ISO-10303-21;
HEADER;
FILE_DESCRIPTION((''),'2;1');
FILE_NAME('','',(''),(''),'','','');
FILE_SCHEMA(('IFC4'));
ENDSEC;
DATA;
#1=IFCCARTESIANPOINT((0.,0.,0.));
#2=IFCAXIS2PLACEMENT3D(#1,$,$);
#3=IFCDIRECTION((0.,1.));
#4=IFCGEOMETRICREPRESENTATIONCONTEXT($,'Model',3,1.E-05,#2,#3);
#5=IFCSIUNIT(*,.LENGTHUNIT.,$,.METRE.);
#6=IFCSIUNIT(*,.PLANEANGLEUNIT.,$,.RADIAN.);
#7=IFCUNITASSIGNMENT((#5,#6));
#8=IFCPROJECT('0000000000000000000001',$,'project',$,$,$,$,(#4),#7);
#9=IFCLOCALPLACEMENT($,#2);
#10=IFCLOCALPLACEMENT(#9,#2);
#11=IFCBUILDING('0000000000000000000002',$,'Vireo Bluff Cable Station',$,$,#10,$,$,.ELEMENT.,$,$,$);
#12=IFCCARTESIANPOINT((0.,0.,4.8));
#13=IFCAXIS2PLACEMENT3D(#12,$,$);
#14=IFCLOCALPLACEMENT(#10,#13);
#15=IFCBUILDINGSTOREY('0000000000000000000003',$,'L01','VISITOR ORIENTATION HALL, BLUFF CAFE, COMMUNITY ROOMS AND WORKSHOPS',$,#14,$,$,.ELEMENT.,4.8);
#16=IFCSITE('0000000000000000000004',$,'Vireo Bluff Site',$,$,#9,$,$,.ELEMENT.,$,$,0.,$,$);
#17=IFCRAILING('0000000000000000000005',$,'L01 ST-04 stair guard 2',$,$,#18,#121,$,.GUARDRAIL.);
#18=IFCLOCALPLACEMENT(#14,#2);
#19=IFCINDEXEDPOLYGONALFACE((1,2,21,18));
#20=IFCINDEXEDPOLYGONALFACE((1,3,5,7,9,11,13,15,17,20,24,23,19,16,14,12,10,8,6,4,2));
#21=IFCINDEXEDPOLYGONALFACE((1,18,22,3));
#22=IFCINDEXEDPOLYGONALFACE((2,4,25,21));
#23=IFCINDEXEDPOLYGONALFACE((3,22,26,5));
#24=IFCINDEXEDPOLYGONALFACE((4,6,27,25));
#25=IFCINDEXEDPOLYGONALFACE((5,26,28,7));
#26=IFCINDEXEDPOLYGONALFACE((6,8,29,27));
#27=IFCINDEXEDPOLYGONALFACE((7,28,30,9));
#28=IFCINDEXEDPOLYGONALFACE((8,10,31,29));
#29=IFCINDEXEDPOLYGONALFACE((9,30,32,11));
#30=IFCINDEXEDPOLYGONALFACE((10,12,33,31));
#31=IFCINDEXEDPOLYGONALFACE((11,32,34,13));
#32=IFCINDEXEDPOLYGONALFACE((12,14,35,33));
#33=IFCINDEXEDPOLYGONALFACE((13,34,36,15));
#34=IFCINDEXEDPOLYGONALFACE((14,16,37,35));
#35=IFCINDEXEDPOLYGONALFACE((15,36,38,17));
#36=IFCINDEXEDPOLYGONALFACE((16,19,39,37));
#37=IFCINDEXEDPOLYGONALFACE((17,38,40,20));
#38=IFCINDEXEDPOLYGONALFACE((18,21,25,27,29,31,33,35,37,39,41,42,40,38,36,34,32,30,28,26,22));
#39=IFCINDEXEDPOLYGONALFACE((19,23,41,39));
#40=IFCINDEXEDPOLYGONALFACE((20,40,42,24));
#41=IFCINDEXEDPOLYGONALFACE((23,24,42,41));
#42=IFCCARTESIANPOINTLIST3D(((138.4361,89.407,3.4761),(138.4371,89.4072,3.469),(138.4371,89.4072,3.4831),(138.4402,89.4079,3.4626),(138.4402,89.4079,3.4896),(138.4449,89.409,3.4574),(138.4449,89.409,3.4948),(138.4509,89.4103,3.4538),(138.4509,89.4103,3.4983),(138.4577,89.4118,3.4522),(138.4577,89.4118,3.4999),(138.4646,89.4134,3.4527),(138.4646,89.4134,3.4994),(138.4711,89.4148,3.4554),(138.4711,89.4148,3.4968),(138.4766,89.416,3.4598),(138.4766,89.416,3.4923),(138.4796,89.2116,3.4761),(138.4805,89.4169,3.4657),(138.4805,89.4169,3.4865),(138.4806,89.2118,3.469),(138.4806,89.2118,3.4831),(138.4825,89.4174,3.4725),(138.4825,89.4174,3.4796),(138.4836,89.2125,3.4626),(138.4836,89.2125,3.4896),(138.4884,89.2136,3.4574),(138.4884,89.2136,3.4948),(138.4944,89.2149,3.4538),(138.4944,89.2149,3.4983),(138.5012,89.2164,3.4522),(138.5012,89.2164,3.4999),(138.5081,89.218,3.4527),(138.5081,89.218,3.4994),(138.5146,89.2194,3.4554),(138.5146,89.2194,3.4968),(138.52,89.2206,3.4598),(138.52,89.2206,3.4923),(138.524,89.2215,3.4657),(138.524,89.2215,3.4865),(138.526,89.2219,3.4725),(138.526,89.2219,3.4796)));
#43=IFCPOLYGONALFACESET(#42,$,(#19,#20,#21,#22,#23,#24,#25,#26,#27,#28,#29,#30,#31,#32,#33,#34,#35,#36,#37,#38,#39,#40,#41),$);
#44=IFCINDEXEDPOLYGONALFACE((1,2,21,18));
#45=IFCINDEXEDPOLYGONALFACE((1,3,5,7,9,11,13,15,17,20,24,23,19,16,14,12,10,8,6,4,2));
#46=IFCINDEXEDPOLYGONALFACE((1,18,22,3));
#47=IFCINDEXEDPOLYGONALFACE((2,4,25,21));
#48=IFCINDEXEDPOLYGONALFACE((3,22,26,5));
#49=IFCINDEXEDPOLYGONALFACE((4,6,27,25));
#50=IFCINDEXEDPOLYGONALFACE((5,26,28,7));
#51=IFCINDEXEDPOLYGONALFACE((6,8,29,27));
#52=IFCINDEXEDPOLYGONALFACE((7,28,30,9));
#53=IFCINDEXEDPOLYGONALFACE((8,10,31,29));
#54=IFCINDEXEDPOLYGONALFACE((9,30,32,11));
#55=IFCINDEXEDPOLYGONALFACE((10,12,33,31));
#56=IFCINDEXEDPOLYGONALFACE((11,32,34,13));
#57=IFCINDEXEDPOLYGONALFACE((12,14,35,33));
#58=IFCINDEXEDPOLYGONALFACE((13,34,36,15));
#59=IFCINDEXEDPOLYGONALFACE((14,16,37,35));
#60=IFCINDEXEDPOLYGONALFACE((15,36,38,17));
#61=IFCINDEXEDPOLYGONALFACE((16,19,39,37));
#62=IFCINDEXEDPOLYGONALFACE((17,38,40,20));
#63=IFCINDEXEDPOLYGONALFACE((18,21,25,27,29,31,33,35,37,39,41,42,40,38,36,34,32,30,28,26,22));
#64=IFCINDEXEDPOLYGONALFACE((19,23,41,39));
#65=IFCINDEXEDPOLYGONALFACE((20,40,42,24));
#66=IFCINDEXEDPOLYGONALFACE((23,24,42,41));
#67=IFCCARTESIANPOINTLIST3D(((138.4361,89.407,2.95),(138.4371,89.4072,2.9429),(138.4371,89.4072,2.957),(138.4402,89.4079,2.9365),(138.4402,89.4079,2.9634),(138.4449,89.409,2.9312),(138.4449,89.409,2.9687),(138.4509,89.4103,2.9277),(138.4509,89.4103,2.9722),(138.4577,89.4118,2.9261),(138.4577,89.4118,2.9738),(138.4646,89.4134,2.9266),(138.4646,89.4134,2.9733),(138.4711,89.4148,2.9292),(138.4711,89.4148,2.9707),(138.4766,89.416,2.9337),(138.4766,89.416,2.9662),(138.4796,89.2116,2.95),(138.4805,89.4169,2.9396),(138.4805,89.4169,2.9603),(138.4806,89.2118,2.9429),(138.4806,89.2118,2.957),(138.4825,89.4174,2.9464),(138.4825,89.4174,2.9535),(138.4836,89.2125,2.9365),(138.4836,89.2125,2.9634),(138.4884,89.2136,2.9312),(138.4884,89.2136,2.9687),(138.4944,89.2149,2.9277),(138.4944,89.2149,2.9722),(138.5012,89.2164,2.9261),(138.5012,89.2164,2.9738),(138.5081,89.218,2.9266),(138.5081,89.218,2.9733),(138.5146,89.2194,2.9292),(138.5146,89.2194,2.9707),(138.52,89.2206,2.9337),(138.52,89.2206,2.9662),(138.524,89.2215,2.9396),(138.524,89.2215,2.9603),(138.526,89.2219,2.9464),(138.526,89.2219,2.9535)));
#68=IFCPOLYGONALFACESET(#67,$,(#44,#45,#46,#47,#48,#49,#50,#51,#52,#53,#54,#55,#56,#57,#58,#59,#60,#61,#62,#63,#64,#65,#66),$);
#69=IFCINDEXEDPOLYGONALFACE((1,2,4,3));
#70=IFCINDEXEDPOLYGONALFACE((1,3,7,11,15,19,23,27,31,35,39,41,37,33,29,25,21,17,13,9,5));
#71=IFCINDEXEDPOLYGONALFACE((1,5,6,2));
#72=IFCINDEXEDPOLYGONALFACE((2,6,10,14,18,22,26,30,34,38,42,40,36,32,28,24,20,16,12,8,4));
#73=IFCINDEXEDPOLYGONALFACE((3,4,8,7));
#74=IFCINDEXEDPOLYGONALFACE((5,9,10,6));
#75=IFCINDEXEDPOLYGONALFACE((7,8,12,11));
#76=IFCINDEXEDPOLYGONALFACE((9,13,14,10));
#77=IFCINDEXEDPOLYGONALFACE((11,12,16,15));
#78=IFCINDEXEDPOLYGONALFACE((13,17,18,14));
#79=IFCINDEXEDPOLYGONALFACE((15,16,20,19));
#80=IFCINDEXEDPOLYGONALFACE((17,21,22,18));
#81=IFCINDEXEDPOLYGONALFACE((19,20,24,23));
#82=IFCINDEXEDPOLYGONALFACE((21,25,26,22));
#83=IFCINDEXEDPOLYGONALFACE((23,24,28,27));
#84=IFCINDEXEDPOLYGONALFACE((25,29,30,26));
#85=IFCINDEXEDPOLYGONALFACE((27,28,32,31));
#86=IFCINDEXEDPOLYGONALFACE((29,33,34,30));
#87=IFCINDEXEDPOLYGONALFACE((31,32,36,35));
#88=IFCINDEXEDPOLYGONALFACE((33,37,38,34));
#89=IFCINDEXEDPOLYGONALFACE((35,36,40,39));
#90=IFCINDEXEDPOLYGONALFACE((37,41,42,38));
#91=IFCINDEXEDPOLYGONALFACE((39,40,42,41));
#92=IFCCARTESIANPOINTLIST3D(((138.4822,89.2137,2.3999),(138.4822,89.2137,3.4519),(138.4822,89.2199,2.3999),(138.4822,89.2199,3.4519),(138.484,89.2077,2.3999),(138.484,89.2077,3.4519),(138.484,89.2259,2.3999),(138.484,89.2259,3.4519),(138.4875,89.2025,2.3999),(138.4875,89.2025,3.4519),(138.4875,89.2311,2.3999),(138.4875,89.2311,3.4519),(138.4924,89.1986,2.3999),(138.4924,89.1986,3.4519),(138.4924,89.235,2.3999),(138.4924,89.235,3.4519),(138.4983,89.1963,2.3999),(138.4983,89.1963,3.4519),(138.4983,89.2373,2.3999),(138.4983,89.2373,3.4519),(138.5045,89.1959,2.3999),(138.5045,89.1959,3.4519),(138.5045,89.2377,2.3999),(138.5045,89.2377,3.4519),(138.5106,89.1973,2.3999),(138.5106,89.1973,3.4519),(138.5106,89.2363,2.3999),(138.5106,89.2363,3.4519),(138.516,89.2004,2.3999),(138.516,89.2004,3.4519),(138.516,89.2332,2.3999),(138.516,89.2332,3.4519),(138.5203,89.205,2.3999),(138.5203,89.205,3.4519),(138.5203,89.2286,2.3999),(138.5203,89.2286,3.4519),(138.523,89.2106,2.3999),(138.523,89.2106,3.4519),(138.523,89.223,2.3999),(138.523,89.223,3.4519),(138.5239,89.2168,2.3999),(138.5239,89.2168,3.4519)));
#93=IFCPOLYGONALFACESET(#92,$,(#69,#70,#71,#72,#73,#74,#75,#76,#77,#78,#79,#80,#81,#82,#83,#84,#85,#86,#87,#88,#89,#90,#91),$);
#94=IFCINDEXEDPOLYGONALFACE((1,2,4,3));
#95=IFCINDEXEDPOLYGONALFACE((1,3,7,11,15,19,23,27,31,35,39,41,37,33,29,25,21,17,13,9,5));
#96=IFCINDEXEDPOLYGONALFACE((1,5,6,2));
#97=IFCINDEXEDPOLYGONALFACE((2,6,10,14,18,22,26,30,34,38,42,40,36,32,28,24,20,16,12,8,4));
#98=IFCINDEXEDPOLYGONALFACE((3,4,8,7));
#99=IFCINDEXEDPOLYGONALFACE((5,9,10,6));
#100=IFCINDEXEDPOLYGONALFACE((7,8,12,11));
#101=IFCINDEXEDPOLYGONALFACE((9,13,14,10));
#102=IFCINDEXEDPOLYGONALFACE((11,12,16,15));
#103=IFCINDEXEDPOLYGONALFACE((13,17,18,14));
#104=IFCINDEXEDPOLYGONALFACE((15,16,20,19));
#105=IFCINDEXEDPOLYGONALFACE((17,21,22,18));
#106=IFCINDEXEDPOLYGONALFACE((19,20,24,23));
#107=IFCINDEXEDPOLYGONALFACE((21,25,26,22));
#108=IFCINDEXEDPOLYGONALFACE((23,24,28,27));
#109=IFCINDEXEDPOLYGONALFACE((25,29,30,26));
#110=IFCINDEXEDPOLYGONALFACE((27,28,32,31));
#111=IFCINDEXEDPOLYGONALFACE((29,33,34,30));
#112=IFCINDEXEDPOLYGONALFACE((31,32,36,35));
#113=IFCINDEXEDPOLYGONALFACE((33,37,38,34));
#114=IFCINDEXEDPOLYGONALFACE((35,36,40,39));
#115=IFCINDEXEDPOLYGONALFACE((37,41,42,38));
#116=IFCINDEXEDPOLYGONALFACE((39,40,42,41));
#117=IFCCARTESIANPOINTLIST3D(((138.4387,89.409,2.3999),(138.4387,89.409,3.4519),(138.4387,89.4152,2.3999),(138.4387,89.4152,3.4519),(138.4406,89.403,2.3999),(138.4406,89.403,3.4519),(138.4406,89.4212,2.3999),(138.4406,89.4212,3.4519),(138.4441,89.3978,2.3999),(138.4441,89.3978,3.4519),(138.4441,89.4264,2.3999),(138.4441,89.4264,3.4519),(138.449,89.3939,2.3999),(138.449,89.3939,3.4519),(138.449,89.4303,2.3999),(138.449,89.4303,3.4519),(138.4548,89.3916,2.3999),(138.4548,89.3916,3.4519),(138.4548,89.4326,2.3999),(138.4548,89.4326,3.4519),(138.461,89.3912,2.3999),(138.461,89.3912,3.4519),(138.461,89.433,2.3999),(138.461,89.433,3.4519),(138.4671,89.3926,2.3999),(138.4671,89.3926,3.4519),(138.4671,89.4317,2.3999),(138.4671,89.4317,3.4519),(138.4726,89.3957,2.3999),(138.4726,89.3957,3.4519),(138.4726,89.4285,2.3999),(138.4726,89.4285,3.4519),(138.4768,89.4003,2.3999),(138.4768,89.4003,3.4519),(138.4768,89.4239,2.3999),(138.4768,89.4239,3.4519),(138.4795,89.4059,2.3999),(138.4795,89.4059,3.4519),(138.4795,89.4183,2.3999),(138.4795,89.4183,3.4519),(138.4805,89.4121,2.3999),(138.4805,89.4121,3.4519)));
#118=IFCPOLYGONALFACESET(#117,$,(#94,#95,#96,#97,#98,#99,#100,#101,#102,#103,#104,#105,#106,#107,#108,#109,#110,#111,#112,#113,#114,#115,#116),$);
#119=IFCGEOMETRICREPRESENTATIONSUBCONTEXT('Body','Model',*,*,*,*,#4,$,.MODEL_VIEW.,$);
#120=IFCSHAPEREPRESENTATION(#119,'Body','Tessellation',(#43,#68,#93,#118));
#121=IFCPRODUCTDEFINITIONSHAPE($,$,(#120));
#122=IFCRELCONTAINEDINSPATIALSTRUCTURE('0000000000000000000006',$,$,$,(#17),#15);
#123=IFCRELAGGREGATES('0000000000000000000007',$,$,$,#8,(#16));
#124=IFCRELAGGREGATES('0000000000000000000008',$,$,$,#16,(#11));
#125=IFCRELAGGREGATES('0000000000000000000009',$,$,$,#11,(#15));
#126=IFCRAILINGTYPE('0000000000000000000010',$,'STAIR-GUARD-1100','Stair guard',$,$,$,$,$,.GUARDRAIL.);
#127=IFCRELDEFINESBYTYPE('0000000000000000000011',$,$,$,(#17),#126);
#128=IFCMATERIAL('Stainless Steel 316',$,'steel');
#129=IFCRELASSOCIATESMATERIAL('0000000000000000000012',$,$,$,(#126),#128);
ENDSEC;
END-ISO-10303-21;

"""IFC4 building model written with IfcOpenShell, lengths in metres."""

from ifc_helpers import new_model, si_unit, direction, frame, origin, origin_2d, place, context, subcontext, project, spatial, circle, extrude, material, type_object, element, save


model = new_model("IFC4")

# Units and contexts
model_context = context("Model", 3, precision=1e-05, world=origin(), true_north=direction((0.0, 1.0)))
body_context = subcontext(model_context, "Body", "Model", "MODEL_VIEW")
ifc_project = project(units=[si_unit("LENGTHUNIT", "METRE"), si_unit("PLANEANGLEUNIT", "RADIAN")], contexts=[model_context])

# Site, building, storey
site_placement = place(None, origin())
site = spatial("IfcSite", under=ifc_project, at=site_placement, Name="Vireo Bluff Site", CompositionType="ELEMENT", RefElevation=0.0)
building_placement = place(site_placement, origin())
building = spatial("IfcBuilding", under=site, at=building_placement, Name="Vireo Bluff Cable Station", CompositionType="ELEMENT")
storey_placement = place(building_placement, frame((0.0, 0.0, 4.8)))
storey = spatial("IfcBuildingStorey", under=building, at=storey_placement, Name="L01", Description="VISITOR ORIENTATION HALL, BLUFF CAFE, COMMUNITY ROOMS AND WORKSHOPS", CompositionType="ELEMENT", Elevation=4.8)

# Shared definitions
ifc_material_1 = material(Name="Stainless Steel 316", Category="steel")

# Railing
railing_type = type_object("IfcRailingType", Name="STAIR-GUARD-1100", Description="Stair guard", PredefinedType="GUARDRAIL", material=ifc_material_1)
railing_placement = place(storey_placement, frame((138.5029, 89.2168, 2.3999)))
element("IfcRailing", 1, at=railing_placement, inside=storey, type_object=railing_type, Name="L01 ST-04 stair guard 2", PredefinedType="GUARDRAIL", context=body_context, shape_type="SweptSolid", body=[
    extrude(circle(Radius=0.0239, at=origin_2d()), frame((0.0, 0.0, 1.0762), z_axis=(-0.217189, 0.97613, 0.0), x_axis=(-0.97613, -0.217189, 0.0)), (0.0, 0.0, 1.0), 0.2002),
    extrude(circle(Radius=0.0239, at=origin_2d()), frame((0.0, 0.0, 0.55), z_axis=(-0.217189, 0.97613, 0.0), x_axis=(-0.97613, -0.217189, 0.0)), (0.0, 0.0, 1.0), 0.2002),
    extrude(circle(Radius=0.021, at=origin_2d()), origin(), (0.0, 0.0, 1.0), 1.052),
    extrude(circle(Radius=0.021, at=origin_2d()), frame((-0.0435, 0.1953, 0.0)), (0.0, 0.0, 1.0), 1.052),
])

save(model, "model.ifc")
